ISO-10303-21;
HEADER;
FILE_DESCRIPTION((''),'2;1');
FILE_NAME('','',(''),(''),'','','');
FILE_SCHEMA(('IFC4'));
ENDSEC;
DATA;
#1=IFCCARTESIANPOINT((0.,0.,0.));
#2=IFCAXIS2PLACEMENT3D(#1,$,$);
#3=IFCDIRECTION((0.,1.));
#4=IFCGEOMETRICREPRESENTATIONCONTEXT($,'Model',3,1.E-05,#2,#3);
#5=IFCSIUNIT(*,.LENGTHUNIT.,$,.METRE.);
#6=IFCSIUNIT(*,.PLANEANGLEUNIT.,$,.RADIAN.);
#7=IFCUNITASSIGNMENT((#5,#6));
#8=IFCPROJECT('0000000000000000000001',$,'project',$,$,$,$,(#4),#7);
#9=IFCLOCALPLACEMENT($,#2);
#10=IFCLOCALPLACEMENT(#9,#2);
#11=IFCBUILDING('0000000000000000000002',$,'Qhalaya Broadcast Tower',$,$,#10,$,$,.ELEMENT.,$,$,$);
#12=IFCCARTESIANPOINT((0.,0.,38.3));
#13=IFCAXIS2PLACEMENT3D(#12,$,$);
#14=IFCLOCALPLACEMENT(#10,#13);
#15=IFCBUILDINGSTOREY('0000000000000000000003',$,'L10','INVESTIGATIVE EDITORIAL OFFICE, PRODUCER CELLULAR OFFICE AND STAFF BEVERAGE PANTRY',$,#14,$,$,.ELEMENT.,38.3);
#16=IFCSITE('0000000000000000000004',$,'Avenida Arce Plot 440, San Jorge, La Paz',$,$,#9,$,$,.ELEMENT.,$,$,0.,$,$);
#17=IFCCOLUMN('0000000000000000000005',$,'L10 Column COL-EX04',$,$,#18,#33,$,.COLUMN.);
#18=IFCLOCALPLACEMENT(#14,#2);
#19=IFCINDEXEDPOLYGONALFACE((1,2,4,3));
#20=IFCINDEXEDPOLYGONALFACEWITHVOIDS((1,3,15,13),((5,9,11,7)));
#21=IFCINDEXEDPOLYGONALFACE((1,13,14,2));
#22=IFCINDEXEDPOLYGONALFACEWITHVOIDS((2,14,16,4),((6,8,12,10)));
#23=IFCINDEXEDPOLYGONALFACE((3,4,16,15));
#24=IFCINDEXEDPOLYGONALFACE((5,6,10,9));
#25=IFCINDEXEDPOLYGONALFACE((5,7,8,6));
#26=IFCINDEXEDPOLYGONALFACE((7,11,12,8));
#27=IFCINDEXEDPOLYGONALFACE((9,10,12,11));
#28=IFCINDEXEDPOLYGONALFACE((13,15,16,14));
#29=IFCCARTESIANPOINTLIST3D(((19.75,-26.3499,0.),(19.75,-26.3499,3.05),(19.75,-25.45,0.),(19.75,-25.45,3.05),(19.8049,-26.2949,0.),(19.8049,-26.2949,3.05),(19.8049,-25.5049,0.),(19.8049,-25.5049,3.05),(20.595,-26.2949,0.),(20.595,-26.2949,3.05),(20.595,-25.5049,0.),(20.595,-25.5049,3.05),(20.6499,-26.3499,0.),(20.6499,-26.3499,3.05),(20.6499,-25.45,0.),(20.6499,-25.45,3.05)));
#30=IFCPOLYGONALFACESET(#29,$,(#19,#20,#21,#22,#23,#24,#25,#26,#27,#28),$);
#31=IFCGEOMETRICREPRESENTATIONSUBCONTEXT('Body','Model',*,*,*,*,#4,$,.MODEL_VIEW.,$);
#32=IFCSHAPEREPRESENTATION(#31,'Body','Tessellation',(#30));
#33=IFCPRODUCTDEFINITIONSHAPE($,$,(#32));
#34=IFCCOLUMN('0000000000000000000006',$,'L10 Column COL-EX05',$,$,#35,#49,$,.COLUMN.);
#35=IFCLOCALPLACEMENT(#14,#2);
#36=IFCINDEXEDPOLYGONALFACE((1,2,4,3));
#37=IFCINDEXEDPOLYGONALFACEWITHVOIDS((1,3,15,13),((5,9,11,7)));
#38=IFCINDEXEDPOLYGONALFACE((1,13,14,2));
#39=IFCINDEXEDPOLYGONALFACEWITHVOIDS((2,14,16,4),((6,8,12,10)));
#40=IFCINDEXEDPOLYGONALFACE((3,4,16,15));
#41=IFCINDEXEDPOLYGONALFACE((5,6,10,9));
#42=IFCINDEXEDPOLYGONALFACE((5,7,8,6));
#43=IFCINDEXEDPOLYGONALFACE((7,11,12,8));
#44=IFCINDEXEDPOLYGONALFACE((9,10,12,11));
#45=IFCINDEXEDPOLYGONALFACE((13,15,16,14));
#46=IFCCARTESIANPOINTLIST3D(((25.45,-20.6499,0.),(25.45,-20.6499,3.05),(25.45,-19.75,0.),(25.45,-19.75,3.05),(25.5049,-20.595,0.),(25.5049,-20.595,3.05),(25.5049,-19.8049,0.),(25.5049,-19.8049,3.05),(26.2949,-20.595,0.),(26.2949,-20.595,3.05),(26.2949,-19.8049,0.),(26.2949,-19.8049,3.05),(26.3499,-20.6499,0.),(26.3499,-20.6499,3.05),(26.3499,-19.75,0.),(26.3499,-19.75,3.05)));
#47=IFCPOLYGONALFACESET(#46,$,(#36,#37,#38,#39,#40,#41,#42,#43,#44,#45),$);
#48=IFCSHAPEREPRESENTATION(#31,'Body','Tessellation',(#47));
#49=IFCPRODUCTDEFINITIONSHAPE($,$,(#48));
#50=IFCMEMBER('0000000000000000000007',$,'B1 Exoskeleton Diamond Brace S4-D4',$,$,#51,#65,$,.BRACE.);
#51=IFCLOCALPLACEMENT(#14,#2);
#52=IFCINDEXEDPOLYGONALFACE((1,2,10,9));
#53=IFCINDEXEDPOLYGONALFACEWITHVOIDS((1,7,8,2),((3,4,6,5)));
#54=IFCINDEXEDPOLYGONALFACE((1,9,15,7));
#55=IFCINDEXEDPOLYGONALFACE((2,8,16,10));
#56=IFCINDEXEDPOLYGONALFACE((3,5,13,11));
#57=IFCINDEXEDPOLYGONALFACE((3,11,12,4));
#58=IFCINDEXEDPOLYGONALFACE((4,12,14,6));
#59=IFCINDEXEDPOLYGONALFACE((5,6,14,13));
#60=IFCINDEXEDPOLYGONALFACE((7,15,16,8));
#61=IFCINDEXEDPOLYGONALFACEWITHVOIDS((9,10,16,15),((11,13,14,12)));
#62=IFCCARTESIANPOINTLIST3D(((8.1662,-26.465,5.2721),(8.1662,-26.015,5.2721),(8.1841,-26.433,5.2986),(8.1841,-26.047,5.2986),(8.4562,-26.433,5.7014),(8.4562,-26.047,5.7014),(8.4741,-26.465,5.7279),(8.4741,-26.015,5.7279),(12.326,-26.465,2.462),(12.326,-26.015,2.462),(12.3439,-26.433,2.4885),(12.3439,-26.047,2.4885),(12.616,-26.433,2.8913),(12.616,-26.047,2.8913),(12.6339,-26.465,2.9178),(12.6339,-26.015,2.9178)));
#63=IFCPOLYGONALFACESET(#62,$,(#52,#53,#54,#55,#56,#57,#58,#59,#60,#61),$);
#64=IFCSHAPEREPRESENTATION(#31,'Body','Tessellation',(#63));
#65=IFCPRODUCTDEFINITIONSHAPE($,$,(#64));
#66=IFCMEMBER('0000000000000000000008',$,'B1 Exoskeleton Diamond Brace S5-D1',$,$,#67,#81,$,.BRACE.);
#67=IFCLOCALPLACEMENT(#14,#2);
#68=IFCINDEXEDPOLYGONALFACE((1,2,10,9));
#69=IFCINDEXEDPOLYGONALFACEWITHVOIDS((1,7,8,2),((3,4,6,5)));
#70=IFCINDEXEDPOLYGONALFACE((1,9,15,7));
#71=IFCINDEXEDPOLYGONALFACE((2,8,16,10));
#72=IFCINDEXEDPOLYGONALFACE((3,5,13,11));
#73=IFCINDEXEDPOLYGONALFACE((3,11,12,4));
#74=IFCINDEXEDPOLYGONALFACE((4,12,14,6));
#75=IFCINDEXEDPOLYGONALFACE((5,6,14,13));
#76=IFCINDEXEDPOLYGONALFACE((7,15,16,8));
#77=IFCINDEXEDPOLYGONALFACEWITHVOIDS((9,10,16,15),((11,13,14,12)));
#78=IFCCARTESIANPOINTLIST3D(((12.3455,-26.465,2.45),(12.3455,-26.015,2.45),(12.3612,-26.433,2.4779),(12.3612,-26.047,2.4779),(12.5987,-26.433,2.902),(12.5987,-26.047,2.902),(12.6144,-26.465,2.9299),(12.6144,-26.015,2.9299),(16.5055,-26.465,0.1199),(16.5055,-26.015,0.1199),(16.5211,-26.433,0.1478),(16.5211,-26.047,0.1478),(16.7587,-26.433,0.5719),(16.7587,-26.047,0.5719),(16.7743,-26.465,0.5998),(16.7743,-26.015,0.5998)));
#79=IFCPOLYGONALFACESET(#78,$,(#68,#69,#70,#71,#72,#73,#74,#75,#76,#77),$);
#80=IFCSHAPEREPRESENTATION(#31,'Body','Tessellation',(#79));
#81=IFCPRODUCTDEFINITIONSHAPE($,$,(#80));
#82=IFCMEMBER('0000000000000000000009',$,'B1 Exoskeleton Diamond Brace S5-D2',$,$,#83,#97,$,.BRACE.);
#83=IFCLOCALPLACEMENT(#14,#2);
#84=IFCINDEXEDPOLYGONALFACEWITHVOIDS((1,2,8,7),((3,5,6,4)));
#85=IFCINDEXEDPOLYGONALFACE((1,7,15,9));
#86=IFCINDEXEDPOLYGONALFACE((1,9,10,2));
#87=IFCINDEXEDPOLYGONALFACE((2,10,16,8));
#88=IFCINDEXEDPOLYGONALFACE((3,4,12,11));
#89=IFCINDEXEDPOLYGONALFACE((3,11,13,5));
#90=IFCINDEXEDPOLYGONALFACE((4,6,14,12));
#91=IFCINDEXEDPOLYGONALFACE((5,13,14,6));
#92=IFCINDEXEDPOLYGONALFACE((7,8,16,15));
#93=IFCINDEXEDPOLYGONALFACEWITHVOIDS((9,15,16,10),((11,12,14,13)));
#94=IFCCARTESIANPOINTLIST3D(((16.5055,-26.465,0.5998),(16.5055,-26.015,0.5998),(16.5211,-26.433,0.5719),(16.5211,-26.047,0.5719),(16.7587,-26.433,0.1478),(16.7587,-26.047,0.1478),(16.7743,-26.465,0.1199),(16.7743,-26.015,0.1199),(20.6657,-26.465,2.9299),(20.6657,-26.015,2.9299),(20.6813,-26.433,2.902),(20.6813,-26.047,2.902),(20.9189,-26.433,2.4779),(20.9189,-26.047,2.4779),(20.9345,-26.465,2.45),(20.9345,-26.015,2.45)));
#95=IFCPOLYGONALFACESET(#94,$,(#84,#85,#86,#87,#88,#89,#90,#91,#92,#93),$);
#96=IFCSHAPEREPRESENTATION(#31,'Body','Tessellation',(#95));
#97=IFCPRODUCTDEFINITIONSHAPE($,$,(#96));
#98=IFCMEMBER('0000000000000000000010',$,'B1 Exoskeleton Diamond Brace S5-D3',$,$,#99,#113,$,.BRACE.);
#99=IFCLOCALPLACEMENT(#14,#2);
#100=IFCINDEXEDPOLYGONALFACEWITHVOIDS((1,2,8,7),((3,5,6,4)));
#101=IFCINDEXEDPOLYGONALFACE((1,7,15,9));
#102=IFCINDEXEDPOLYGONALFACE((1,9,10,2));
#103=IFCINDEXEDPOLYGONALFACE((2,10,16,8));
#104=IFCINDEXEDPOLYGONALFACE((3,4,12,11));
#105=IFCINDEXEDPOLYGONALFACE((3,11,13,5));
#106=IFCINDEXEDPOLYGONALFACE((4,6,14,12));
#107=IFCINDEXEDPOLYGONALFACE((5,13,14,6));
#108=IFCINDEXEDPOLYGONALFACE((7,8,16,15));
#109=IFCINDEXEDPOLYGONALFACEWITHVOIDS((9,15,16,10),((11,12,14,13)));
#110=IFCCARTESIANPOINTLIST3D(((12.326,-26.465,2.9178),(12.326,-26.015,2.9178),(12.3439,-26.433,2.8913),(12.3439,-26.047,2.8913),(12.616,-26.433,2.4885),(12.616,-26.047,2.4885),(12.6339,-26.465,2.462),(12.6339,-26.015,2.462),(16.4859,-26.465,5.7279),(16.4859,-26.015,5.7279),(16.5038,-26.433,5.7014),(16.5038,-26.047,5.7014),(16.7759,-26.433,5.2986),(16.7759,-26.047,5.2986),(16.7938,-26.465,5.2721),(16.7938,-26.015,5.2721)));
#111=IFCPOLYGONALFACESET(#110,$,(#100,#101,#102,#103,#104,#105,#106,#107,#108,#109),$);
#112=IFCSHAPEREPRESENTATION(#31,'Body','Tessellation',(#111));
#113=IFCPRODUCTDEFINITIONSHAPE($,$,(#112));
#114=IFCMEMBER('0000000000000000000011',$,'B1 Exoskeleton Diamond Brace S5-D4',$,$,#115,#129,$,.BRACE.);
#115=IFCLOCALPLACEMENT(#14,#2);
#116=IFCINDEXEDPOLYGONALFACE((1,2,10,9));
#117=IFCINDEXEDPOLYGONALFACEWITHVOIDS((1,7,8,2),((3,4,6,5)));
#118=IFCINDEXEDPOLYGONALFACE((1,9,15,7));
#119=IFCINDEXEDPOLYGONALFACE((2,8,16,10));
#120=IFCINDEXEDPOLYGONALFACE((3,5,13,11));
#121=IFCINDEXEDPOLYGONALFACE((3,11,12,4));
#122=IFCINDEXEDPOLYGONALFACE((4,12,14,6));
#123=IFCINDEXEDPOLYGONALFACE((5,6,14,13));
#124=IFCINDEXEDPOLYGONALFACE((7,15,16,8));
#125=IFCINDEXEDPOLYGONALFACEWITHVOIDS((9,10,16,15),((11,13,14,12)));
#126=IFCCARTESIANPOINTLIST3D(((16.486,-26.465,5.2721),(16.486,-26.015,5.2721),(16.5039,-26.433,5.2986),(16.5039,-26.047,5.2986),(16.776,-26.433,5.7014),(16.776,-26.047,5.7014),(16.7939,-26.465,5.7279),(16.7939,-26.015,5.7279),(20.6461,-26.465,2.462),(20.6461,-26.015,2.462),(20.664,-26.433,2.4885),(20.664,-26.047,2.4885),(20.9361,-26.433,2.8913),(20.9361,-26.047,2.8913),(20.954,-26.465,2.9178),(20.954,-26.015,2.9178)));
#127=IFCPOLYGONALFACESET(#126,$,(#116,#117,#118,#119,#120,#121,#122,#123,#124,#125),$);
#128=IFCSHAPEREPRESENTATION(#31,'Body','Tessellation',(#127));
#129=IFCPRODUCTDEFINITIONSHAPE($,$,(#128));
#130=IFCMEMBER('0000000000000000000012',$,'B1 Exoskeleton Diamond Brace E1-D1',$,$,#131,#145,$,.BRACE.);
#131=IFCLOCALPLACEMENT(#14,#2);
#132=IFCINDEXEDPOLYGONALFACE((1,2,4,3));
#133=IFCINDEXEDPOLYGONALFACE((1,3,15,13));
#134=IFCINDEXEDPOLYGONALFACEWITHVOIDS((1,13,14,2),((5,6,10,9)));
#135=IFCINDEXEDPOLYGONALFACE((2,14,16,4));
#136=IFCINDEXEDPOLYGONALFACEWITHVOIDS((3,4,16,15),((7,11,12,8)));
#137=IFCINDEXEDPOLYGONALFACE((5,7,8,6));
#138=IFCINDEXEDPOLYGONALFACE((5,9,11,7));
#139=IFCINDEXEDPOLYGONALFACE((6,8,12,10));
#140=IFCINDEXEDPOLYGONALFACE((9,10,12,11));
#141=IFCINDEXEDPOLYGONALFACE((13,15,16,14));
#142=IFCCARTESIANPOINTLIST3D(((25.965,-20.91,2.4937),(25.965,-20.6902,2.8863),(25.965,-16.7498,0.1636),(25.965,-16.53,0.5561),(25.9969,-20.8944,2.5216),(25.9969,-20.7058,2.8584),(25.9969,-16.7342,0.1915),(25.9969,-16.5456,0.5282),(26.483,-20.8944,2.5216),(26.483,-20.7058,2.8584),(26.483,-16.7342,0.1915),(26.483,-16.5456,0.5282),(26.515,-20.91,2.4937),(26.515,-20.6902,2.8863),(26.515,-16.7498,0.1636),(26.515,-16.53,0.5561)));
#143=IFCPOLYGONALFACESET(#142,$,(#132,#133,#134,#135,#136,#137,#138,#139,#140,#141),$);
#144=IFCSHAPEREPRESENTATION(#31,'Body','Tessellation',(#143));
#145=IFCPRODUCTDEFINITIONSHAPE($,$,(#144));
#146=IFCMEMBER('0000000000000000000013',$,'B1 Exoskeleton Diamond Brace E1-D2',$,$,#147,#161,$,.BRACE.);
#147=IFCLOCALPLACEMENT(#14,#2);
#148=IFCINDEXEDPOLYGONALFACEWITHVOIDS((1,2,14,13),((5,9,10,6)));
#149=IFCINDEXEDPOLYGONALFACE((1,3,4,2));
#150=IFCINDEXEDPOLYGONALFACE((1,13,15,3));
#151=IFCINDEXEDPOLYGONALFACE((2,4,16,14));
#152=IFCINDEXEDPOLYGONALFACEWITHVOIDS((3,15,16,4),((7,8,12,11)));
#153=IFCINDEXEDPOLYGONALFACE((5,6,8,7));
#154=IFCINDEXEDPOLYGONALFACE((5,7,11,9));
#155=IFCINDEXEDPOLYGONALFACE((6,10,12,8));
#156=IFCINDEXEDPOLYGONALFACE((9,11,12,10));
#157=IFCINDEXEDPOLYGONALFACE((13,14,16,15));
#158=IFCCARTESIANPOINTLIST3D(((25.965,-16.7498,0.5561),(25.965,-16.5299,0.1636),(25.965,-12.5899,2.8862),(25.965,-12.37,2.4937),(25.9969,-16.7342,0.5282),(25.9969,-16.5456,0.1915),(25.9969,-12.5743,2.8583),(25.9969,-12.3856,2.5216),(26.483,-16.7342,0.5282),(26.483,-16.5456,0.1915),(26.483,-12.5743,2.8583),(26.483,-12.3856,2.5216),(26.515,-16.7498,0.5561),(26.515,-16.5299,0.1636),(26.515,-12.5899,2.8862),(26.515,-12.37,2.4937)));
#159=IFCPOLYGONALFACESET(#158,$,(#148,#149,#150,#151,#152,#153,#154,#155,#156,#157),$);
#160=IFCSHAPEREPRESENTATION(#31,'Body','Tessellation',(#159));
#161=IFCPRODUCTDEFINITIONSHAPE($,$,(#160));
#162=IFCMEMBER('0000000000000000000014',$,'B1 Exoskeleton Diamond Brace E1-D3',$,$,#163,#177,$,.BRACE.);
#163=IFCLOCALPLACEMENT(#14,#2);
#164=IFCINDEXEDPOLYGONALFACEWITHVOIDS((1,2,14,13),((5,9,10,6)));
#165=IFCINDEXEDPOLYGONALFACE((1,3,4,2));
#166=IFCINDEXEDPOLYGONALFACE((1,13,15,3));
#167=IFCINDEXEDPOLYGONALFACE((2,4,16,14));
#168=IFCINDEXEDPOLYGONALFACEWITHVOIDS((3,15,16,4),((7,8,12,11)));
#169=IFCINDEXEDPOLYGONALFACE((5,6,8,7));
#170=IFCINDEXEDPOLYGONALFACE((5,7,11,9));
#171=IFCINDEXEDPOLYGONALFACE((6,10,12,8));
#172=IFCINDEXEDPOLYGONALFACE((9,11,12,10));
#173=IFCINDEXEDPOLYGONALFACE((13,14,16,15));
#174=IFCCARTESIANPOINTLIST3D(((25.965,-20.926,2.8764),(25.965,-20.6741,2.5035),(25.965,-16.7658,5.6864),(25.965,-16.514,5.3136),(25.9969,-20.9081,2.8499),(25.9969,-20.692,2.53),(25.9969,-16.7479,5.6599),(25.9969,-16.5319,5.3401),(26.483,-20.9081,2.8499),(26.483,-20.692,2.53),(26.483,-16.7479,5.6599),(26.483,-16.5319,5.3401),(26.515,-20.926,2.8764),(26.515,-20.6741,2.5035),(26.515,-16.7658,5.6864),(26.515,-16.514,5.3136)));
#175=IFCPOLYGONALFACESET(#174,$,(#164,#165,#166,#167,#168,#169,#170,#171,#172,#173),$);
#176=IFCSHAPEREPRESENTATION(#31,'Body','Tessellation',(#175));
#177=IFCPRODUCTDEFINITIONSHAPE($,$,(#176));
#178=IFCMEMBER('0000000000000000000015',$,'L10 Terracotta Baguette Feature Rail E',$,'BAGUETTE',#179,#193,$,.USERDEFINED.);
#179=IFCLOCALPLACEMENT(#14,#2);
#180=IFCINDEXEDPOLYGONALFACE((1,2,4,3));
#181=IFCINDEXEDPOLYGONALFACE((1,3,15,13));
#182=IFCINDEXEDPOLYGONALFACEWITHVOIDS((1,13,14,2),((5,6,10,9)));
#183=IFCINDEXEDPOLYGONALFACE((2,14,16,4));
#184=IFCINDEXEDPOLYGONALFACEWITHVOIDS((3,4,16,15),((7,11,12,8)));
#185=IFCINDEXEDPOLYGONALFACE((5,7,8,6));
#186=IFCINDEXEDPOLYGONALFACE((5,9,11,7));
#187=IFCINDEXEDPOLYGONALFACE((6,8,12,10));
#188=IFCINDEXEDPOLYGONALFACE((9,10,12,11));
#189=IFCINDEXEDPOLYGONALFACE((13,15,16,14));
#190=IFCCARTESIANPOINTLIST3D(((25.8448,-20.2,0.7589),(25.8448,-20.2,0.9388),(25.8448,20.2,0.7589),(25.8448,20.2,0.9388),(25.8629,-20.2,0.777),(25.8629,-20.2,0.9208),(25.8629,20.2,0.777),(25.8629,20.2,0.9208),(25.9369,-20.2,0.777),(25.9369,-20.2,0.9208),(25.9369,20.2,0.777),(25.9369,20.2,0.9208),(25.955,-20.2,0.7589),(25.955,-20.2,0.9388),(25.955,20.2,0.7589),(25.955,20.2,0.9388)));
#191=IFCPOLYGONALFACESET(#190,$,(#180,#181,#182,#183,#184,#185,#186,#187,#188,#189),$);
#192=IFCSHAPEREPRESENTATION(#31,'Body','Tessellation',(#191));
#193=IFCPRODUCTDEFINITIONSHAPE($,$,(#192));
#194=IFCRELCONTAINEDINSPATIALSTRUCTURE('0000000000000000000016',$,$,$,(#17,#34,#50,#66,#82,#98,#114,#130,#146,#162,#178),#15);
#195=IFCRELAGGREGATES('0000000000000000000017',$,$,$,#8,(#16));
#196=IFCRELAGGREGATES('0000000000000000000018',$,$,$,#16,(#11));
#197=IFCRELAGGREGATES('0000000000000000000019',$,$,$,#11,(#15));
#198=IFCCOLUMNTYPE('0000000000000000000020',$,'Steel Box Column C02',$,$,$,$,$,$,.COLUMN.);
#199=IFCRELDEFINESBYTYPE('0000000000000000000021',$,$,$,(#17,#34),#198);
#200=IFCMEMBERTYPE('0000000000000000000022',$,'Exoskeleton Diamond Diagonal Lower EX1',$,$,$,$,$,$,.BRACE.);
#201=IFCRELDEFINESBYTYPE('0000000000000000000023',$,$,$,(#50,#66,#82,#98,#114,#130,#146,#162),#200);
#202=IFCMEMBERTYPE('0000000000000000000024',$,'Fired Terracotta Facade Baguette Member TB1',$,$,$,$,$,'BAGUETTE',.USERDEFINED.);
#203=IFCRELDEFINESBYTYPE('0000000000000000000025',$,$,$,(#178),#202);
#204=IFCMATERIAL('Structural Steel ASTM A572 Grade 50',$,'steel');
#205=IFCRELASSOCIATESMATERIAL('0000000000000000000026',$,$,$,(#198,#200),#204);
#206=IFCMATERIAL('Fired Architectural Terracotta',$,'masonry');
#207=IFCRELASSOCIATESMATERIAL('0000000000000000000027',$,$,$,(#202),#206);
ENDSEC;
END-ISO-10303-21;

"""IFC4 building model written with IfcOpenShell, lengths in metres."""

from ifc_helpers import new_model, si_unit, direction, frame, origin, origin_2d, place, context, subcontext, project, spatial, hollow_rectangle, extrude, material, material_profile, profile_set, type_object, element, save


model = new_model("IFC4")

# Units and contexts
model_context = context("Model", 3, precision=1e-05, world=origin(), true_north=direction((0.0, 1.0)))
body_context = subcontext(model_context, "Body", "Model", "MODEL_VIEW")
ifc_project = project(units=[si_unit("LENGTHUNIT", "METRE"), si_unit("PLANEANGLEUNIT", "RADIAN")], contexts=[model_context])

# Site, building, storey
site_placement = place(None, origin())
site = spatial("IfcSite", under=ifc_project, at=site_placement, Name="Avenida Arce Plot 440, San Jorge, La Paz", CompositionType="ELEMENT", RefElevation=0.0)
building_placement = place(site_placement, origin())
building = spatial("IfcBuilding", under=site, at=building_placement, Name="Qhalaya Broadcast Tower", CompositionType="ELEMENT")
storey_placement = place(building_placement, frame((0.0, 0.0, 38.3)))
storey = spatial("IfcBuildingStorey", under=building, at=storey_placement, Name="L10", Description="INVESTIGATIVE EDITORIAL OFFICE, PRODUCER CELLULAR OFFICE AND STAFF BEVERAGE PANTRY", CompositionType="ELEMENT", Elevation=38.3)

# Columns
ifc_material_1 = material(Name="Structural Steel ASTM A572 Grade 50", Category="steel")
ifc_material_profile_1 = material_profile(ifc_material_1, hollow_rectangle(XDim=0.8999, YDim=0.8999, WallThickness=0.0549, at=origin_2d()), Name="BOX 900x900x55")
ifc_profile_set_1 = profile_set([ifc_material_profile_1], Name="Structural Steel ASTM A572 Grade 50")
column_type = type_object("IfcColumnType", Name="Steel Box Column C02", PredefinedType="COLUMN", material=ifc_profile_set_1)
for number, where, z_axis, x_axis, name in (
    (1, (20.2, -25.8999, 0.0), (0.0, 0.0, 1.0), (1.0, 0.0, 0.0), "L10 Column COL-EX04"),
    (2, (25.8999, -20.2, 0.0), (0.0, 0.0, 1.0), (0.0, 1.0, 0.0), "L10 Column COL-EX05"),
):
    element("IfcColumn", number, at=place(storey_placement, frame(where, z_axis=z_axis, x_axis=x_axis)), inside=storey, type_object=column_type, Name=name, PredefinedType="COLUMN", context=body_context, shape_type="SweptSolid", body=[
        extrude(hollow_rectangle(XDim=0.8999, YDim=0.8999, WallThickness=0.0549, at=origin_2d()), origin(), (0.0, 0.0, 1.0), 3.05),
    ])

# Members
ifc_material_profile_2 = material_profile(ifc_material_1, hollow_rectangle(XDim=0.45, YDim=0.55, WallThickness=0.032, at=origin_2d()), Name="BOX 450x550x32")
ifc_profile_set_2 = profile_set([ifc_material_profile_2], Name="Structural Steel ASTM A572 Grade 50")
member_type_1 = type_object("IfcMemberType", Name="Exoskeleton Diamond Diagonal Lower EX1", PredefinedType="BRACE", material=ifc_profile_set_2)
member_1_placement = place(storey_placement, frame((12.48, -26.24, 2.6899), z_axis=(-0.828653, 0.0, 0.559763), x_axis=(0.0, -1.0, 0.0)))
element("IfcMember", 3, at=member_1_placement, inside=storey, type_object=member_type_1, Name="B1 Exoskeleton Diamond Brace S4-D4", PredefinedType="BRACE", context=body_context, shape_type="SweptSolid", body=[
    extrude(hollow_rectangle(XDim=0.45, YDim=0.55, WallThickness=0.032, at=origin_2d()), origin(), (0.0, 0.0, 1.0), 5.02),
])
member_2_placement = place(storey_placement, frame((16.6399, -26.24, 0.3599), z_axis=(-0.872459, 0.0, 0.488688), x_axis=(0.0, -1.0, 0.0)))
element("IfcMember", 4, at=member_2_placement, inside=storey, type_object=member_type_1, Name="B1 Exoskeleton Diamond Brace S5-D1", PredefinedType="BRACE", context=body_context, shape_type="SweptSolid", body=[
    extrude(hollow_rectangle(XDim=0.45, YDim=0.55, WallThickness=0.032, at=origin_2d()), origin(), (0.0, 0.0, 1.0), 4.7681),
])
member_3_placement = place(storey_placement, frame((16.6399, -26.24, 0.3599), z_axis=(0.872471, 0.0, 0.488666), x_axis=(0.0, 1.0, 0.0)))
element("IfcMember", 5, at=member_3_placement, inside=storey, type_object=member_type_1, Name="B1 Exoskeleton Diamond Brace S5-D2", PredefinedType="BRACE", context=body_context, shape_type="SweptSolid", body=[
    extrude(hollow_rectangle(XDim=0.45, YDim=0.55, WallThickness=0.032, at=origin_2d()), origin(), (0.0, 0.0, 1.0), 4.7683),
])
member_4_placement = place(storey_placement, frame((12.48, -26.24, 2.6899), z_axis=(0.828653, 0.0, 0.559763), x_axis=(0.0, 1.0, 0.0)))
element("IfcMember", 6, at=member_4_placement, inside=storey, type_object=member_type_1, Name="B1 Exoskeleton Diamond Brace S5-D3", PredefinedType="BRACE", context=body_context, shape_type="SweptSolid", body=[
    extrude(hollow_rectangle(XDim=0.45, YDim=0.55, WallThickness=0.032, at=origin_2d()), origin(), (0.0, 0.0, 1.0), 5.02),
])
member_5_placement = place(storey_placement, frame((20.8, -26.24, 2.6899), z_axis=(-0.828668, 0.0, 0.55974), x_axis=(0.0, -1.0, 0.0)))
element("IfcMember", 7, at=member_5_placement, inside=storey, type_object=member_type_1, Name="B1 Exoskeleton Diamond Brace S5-D4", PredefinedType="BRACE", context=body_context, shape_type="SweptSolid", body=[
    extrude(hollow_rectangle(XDim=0.45, YDim=0.55, WallThickness=0.032, at=origin_2d()), origin(), (0.0, 0.0, 1.0), 5.0203),
])
member_6_placement = place(storey_placement, frame((26.24, -16.6399, 0.3599), z_axis=(0.0, -0.872471, 0.488666), x_axis=(0.0, 0.488666, 0.872471)))
element("IfcMember", 8, at=member_6_placement, inside=storey, type_object=member_type_1, Name="B1 Exoskeleton Diamond Brace E1-D1", PredefinedType="BRACE", context=body_context, shape_type="SweptSolid", body=[
    extrude(hollow_rectangle(XDim=0.45, YDim=0.55, WallThickness=0.032, at=origin_2d()), origin(), (0.0, 0.0, 1.0), 4.7683),
])
member_7_placement = place(storey_placement, frame((26.24, -16.6399, 0.3599), z_axis=(0.0, 0.872459, 0.488688), x_axis=(0.0, -0.488688, 0.872459)))
element("IfcMember", 9, at=member_7_placement, inside=storey, type_object=member_type_1, Name="B1 Exoskeleton Diamond Brace E1-D2", PredefinedType="BRACE", context=body_context, shape_type="SweptSolid", body=[
    extrude(hollow_rectangle(XDim=0.45, YDim=0.55, WallThickness=0.032, at=origin_2d()), origin(), (0.0, 0.0, 1.0), 4.7681),
])
member_8_placement = place(storey_placement, frame((26.24, -20.8, 2.6899), z_axis=(0.0, 0.828668, 0.55974), x_axis=(0.0, -0.55974, 0.828668)))
element("IfcMember", 10, at=member_8_placement, inside=storey, type_object=member_type_1, Name="B1 Exoskeleton Diamond Brace E1-D3", PredefinedType="BRACE", context=body_context, shape_type="SweptSolid", body=[
    extrude(hollow_rectangle(XDim=0.45, YDim=0.55, WallThickness=0.032, at=origin_2d()), origin(), (0.0, 0.0, 1.0), 5.0203),
])
ifc_material_2 = material(Name="Fired Architectural Terracotta", Category="masonry")
ifc_material_profile_3 = material_profile(ifc_material_2, hollow_rectangle(XDim=0.1101, YDim=0.1799, WallThickness=0.0181, at=origin_2d()), Name="TB-BAG 110x180x18")
ifc_profile_set_3 = profile_set([ifc_material_profile_3], Name="Fired Architectural Terracotta")
member_type_2 = type_object("IfcMemberType", Name="Fired Terracotta Facade Baguette Member TB1", ElementType="BAGUETTE", PredefinedType="USERDEFINED", material=ifc_profile_set_3)
member_9_placement = place(storey_placement, frame((25.8999, -20.2, 0.8489), z_axis=(0.0, 1.0, 0.0), x_axis=(-1.0, 0.0, 0.0)))
element("IfcMember", 11, at=member_9_placement, inside=storey, type_object=member_type_2, Name="L10 Terracotta Baguette Feature Rail E", ObjectType="BAGUETTE", PredefinedType="USERDEFINED", context=body_context, shape_type="SweptSolid", body=[
    extrude(hollow_rectangle(XDim=0.1101, YDim=0.1799, WallThickness=0.0181, at=origin_2d()), origin(), (0.0, 0.0, 1.0), 40.3999),
])

save(model, "model.ifc")
